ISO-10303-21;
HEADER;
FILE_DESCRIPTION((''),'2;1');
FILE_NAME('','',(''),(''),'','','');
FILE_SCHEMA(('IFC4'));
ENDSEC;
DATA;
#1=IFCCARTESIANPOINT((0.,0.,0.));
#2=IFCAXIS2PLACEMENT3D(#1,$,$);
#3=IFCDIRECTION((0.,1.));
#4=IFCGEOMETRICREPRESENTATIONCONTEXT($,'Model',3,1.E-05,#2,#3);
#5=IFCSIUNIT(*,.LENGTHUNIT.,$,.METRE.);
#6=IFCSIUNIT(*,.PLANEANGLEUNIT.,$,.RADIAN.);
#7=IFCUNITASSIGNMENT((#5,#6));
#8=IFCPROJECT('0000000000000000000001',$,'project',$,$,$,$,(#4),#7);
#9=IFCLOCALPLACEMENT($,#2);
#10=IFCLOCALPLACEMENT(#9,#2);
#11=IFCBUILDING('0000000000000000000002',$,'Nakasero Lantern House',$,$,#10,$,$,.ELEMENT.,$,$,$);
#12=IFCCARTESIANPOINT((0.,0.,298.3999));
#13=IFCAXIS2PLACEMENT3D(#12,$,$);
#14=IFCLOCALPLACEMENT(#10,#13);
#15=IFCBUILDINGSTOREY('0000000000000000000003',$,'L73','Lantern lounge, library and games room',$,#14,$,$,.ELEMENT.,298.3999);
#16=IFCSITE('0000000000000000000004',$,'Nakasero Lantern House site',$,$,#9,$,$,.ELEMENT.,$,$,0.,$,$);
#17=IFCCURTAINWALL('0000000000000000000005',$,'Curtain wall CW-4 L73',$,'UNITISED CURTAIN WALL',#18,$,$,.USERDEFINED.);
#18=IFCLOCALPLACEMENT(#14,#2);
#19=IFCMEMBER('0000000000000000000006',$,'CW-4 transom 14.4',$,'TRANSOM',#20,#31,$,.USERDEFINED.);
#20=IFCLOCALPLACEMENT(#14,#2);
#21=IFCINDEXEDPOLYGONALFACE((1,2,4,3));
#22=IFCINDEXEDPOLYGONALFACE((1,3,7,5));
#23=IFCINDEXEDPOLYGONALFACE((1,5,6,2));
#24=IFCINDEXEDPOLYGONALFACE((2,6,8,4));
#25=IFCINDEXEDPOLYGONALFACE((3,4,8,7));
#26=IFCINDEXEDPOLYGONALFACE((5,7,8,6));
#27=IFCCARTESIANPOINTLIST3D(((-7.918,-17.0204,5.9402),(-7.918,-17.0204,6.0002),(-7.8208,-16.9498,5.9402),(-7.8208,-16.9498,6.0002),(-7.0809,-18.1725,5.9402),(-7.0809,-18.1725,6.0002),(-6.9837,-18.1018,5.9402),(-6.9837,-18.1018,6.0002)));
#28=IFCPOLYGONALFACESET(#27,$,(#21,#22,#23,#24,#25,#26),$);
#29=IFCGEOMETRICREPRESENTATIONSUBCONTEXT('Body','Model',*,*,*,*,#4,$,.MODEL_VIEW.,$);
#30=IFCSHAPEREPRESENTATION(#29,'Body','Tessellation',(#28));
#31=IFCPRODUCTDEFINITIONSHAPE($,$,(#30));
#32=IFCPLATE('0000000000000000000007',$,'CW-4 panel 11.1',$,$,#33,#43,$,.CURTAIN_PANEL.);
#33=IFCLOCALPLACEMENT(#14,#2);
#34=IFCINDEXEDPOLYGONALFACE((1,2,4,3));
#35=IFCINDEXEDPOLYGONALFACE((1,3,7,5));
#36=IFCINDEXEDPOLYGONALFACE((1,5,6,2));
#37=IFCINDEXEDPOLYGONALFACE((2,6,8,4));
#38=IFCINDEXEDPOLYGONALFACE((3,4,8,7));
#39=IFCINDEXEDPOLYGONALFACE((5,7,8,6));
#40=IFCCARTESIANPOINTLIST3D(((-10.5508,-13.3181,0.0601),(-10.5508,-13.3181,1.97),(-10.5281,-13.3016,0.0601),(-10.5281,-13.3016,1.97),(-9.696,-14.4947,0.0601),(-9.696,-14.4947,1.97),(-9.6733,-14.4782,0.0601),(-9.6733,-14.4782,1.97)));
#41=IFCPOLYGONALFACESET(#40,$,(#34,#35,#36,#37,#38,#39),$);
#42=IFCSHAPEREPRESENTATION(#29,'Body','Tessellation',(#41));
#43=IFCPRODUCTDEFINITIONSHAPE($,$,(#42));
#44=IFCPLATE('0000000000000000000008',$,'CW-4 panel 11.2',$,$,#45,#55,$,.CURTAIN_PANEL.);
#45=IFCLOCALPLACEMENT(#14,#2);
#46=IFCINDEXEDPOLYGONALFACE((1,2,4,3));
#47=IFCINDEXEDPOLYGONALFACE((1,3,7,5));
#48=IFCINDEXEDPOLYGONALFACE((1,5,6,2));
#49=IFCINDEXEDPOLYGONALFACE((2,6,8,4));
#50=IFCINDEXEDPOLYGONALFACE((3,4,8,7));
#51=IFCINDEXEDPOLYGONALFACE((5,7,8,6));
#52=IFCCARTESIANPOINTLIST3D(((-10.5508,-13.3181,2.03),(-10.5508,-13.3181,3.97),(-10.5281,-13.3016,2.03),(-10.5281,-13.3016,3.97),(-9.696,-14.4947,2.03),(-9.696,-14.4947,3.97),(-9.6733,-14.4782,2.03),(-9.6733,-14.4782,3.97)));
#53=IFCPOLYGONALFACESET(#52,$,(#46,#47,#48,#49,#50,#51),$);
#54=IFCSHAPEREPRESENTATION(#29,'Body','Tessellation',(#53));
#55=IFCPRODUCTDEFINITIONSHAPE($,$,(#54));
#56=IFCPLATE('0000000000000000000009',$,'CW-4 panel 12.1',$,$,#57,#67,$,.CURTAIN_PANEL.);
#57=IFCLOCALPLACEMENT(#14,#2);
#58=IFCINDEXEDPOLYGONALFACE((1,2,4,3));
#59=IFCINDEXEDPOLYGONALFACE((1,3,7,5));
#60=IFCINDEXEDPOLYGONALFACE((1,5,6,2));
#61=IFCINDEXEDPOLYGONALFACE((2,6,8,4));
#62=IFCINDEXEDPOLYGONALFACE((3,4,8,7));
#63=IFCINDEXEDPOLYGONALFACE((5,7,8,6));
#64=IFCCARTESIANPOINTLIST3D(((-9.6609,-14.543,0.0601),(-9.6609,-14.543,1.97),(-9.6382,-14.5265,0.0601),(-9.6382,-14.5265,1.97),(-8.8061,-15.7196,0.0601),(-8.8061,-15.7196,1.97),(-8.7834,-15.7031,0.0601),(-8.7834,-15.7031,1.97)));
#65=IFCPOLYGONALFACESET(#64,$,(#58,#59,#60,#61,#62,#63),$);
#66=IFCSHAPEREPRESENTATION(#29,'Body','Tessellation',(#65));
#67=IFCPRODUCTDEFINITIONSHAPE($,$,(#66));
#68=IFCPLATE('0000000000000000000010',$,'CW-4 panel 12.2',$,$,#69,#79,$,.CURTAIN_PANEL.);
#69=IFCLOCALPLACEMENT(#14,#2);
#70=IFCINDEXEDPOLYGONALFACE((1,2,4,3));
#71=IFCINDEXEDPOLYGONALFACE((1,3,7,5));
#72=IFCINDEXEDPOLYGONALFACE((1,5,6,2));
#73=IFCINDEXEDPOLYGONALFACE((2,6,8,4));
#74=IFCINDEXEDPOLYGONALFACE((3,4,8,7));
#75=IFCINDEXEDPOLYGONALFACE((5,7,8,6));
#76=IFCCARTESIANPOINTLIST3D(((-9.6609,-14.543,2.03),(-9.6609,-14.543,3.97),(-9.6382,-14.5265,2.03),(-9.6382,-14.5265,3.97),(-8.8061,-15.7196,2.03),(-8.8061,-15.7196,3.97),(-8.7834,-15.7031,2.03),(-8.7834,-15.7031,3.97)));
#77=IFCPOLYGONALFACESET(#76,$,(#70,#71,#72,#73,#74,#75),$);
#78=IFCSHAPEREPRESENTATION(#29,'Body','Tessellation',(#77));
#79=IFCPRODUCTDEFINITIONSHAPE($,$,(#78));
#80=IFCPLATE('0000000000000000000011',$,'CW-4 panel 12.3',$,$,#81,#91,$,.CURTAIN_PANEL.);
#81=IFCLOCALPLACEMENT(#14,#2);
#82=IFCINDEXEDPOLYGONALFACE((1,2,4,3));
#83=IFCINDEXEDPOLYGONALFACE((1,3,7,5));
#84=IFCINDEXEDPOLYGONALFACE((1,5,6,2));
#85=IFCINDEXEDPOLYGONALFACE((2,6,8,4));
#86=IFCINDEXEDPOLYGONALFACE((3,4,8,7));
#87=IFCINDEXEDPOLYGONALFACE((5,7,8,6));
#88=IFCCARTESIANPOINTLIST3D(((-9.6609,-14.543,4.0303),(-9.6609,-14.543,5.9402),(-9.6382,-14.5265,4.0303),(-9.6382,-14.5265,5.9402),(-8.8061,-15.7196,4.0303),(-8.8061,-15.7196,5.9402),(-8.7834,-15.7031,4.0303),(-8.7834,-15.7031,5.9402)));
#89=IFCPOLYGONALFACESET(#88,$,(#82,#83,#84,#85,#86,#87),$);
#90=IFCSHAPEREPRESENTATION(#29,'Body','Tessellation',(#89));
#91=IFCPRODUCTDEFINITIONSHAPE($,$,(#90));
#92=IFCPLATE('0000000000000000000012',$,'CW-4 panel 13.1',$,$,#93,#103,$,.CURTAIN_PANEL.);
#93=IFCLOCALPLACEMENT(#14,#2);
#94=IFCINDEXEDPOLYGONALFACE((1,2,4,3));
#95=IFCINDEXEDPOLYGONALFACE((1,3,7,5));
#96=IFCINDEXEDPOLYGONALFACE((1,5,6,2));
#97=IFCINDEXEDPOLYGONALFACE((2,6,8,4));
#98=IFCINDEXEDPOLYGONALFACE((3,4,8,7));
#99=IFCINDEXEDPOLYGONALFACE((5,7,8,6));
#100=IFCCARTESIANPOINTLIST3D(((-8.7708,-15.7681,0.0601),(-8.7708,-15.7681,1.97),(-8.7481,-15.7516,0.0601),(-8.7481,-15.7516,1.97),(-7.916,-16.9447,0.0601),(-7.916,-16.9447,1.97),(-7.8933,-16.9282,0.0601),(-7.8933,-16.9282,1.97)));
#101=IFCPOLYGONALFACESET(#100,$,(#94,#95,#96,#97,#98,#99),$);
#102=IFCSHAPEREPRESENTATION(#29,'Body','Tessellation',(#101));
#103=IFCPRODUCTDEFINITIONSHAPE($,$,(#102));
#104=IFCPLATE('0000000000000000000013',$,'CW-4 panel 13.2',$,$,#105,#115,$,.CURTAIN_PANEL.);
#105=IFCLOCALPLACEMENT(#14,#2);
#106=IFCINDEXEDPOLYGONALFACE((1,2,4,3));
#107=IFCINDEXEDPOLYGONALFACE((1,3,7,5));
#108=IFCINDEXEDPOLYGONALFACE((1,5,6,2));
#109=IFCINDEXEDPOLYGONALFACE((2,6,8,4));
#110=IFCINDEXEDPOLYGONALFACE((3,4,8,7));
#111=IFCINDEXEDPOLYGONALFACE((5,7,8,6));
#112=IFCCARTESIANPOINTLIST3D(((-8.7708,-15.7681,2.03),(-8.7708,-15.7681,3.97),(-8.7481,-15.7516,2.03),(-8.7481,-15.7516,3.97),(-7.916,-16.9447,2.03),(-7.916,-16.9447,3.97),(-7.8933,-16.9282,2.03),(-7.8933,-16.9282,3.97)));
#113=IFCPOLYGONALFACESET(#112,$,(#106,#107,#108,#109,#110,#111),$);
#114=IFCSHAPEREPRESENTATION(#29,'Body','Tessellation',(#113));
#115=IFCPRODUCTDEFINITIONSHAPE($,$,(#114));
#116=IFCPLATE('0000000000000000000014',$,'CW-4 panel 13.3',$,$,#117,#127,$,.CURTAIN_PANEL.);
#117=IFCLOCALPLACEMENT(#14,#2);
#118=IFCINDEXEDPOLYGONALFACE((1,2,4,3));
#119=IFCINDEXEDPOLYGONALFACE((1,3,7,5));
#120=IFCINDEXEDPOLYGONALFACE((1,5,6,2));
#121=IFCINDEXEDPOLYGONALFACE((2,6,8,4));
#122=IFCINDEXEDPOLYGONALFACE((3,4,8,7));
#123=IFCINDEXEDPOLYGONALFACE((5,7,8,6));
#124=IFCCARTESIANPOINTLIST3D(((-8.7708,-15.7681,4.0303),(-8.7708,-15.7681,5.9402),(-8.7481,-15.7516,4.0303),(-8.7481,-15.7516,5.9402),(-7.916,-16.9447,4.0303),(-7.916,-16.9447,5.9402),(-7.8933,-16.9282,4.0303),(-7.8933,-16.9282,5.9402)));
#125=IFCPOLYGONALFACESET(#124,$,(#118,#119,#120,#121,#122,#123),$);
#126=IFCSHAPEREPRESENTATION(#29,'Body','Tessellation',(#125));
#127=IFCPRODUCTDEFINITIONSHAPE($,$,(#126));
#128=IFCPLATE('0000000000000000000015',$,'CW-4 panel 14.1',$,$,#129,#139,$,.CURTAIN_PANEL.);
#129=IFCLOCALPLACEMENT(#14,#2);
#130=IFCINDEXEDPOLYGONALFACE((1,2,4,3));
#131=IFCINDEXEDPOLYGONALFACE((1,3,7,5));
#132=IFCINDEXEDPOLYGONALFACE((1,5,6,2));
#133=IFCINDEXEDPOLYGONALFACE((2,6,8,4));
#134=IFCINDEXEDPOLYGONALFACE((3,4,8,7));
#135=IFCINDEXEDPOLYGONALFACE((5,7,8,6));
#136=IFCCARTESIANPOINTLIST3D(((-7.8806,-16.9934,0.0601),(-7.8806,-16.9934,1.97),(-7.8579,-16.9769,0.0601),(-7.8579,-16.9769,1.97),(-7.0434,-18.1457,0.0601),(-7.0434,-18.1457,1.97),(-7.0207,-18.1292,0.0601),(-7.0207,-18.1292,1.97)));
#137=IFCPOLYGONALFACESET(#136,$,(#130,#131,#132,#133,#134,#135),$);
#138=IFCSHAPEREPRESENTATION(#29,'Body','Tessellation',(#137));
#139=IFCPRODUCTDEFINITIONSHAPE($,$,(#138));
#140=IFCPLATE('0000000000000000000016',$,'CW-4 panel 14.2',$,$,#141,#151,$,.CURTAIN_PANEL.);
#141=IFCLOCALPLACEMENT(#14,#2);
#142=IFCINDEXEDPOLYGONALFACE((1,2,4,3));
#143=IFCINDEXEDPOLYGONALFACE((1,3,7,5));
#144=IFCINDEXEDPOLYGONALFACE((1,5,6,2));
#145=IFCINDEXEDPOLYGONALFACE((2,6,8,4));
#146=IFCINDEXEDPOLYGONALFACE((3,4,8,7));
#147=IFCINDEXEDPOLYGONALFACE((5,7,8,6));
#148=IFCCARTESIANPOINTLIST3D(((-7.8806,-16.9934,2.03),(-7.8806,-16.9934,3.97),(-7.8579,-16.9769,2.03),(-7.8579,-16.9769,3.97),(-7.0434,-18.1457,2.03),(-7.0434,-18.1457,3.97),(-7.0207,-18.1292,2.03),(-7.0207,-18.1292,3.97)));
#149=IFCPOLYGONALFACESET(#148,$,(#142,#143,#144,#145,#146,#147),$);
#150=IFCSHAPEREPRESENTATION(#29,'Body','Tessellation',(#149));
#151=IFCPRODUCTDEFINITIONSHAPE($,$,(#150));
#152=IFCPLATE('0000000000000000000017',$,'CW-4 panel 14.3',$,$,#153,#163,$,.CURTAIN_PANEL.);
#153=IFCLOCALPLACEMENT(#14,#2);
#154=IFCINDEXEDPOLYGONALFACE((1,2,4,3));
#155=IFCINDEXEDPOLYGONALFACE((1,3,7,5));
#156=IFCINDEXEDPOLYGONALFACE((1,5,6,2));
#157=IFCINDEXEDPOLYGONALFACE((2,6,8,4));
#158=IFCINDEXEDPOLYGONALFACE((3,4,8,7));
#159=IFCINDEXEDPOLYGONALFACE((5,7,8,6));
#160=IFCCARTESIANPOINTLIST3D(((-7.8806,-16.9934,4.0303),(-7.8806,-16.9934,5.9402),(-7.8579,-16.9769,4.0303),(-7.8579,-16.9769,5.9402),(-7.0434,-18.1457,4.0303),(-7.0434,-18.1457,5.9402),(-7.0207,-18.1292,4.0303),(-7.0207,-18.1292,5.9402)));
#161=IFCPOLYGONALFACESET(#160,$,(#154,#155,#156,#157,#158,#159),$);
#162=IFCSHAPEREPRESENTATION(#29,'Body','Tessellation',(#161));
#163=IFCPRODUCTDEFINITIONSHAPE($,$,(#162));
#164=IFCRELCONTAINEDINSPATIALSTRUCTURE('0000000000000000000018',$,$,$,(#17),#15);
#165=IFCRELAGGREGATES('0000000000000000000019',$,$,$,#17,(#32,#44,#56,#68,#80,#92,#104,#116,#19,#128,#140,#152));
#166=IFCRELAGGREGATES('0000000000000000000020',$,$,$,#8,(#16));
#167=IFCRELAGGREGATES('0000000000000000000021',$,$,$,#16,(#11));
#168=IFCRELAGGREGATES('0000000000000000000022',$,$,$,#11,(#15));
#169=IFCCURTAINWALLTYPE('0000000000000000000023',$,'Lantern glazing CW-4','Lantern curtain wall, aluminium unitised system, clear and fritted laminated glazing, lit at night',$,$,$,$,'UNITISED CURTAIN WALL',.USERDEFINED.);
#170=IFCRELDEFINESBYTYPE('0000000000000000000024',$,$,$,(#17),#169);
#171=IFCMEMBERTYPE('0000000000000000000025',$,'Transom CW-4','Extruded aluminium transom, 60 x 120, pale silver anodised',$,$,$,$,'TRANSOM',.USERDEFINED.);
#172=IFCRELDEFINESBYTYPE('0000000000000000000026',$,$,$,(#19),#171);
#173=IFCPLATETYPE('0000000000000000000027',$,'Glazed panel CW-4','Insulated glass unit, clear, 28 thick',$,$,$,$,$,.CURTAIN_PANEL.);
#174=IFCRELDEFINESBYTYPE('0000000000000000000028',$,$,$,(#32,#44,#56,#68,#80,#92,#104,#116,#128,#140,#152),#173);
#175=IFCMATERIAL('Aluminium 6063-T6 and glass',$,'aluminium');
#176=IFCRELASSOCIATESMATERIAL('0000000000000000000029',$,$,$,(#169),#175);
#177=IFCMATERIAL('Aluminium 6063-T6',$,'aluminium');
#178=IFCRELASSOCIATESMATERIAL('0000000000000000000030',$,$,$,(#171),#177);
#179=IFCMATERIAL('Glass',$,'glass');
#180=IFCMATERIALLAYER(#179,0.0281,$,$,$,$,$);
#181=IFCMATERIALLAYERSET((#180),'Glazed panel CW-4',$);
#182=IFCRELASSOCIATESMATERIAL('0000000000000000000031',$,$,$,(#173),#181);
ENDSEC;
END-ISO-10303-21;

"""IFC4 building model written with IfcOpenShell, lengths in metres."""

from ifc_helpers import new_model, si_unit, direction, frame, origin, origin_2d, place, context, subcontext, project, spatial, rectangle, extrude, material, layer, layer_set, material_profile, profile_set, type_object, element, aggregate, save


model = new_model("IFC4")

# Units and contexts
model_context = context("Model", 3, precision=1e-05, world=origin(), true_north=direction((0.0, 1.0)))
body_context = subcontext(model_context, "Body", "Model", "MODEL_VIEW")
ifc_project = project(units=[si_unit("LENGTHUNIT", "METRE"), si_unit("PLANEANGLEUNIT", "RADIAN")], contexts=[model_context])

# Site, building, storey
site_placement = place(None, origin())
site = spatial("IfcSite", under=ifc_project, at=site_placement, Name="Nakasero Lantern House site", CompositionType="ELEMENT", RefElevation=0.0)
building_placement = place(site_placement, origin())
building = spatial("IfcBuilding", under=site, at=building_placement, Name="Nakasero Lantern House", CompositionType="ELEMENT")
storey_placement = place(building_placement, frame((0.0, 0.0, 298.3999)))
storey = spatial("IfcBuildingStorey", under=building, at=storey_placement, Name="L73", Description="Lantern lounge, library and games room", CompositionType="ELEMENT", Elevation=298.3999)

# Curtain wall, member, plates
ifc_material_1 = material(Name="Aluminium 6063-T6 and glass", Category="aluminium")
curtain_wall_type = type_object("IfcCurtainWallType", Name="Lantern glazing CW-4", Description="Lantern curtain wall, aluminium unitised system, clear and fritted laminated glazing, lit at night", ElementType="UNITISED CURTAIN WALL", PredefinedType="USERDEFINED", material=ifc_material_1)
curtain_wall_placement = place(storey_placement, origin())
curtain_wall = element("IfcCurtainWall", 1, at=curtain_wall_placement, inside=storey, type_object=curtain_wall_type, Name="Curtain wall CW-4 L73", ObjectType="UNITISED CURTAIN WALL", PredefinedType="USERDEFINED")
ifc_material_2 = material(Name="Aluminium 6063-T6", Category="aluminium")
ifc_material_profile_1 = material_profile(ifc_material_2, rectangle(XDim=0.0601, YDim=0.1201, at=origin_2d()), Name="CW-4 transom 60x120")
ifc_profile_set_1 = profile_set([ifc_material_profile_1], Name="Aluminium 6063-T6")
member_type_1 = type_object("IfcMemberType", Name="Transom CW-4", Description="Extruded aluminium transom, 60 x 120, pale silver anodised", ElementType="TRANSOM", PredefinedType="USERDEFINED", material=ifc_profile_set_1)
member_1_placement = place(storey_placement, frame((-7.8694, -16.9851, 5.9702), z_axis=(0.587835, -0.808981, 0.0), x_axis=(0.0, 0.0, 1.0)))
member_1 = element("IfcMember", 2, at=member_1_placement, type_object=member_type_1, Name="CW-4 transom 14.4", ObjectType="TRANSOM", PredefinedType="USERDEFINED", context=body_context, shape_type="SweptSolid", body=[
    extrude(rectangle(XDim=0.0601, YDim=0.1201, at=origin_2d()), origin(), (0.0, 0.0, 1.0), 1.4241),
])
ifc_material_3 = material(Name="Glass", Category="glass")
ifc_layer = layer(ifc_material_3, 0.0281)
ifc_layer_set = layer_set([ifc_layer], Name="Glazed panel CW-4")
plate_type = type_object("IfcPlateType", Name="Glazed panel CW-4", Description="Insulated glass unit, clear, 28 thick", PredefinedType="CURTAIN_PANEL", material=ifc_layer_set)
plate_1_placement = place(storey_placement, frame((-10.1121, -13.8982, 0.0601), z_axis=(0.0, 0.0, 1.0), x_axis=(0.587785, -0.809017, 0.0)))
plate_1 = element("IfcPlate", 3, at=plate_1_placement, type_object=plate_type, Name="CW-4 panel 11.1", PredefinedType="CURTAIN_PANEL", context=body_context, shape_type="SweptSolid", body=[
    extrude(rectangle(XDim=1.4543, YDim=0.0281, at=origin_2d()), origin(), (0.0, 0.0, 1.0), 1.9099),
])
plate_2_placement = place(storey_placement, frame((-10.1121, -13.8982, 2.03), z_axis=(0.0, 0.0, 1.0), x_axis=(0.587785, -0.809017, 0.0)))
plate_2 = element("IfcPlate", 4, at=plate_2_placement, type_object=plate_type, Name="CW-4 panel 11.2", PredefinedType="CURTAIN_PANEL", context=body_context, shape_type="SweptSolid", body=[
    extrude(rectangle(XDim=1.4543, YDim=0.0281, at=origin_2d()), origin(), (0.0, 0.0, 1.0), 1.9399),
])
plate_3_placement = place(storey_placement, frame((-9.2222, -15.123, 0.0601), z_axis=(0.0, 0.0, 1.0), x_axis=(0.587785, -0.809017, 0.0)))
plate_3 = element("IfcPlate", 5, at=plate_3_placement, type_object=plate_type, Name="CW-4 panel 12.1", PredefinedType="CURTAIN_PANEL", context=body_context, shape_type="SweptSolid", body=[
    extrude(rectangle(XDim=1.4543, YDim=0.0281, at=origin_2d()), origin(), (0.0, 0.0, 1.0), 1.9099),
])
plate_4_placement = place(storey_placement, frame((-9.2222, -15.123, 2.03), z_axis=(0.0, 0.0, 1.0), x_axis=(0.587785, -0.809017, 0.0)))
plate_4 = element("IfcPlate", 6, at=plate_4_placement, type_object=plate_type, Name="CW-4 panel 12.2", PredefinedType="CURTAIN_PANEL", context=body_context, shape_type="SweptSolid", body=[
    extrude(rectangle(XDim=1.4543, YDim=0.0281, at=origin_2d()), origin(), (0.0, 0.0, 1.0), 1.9399),
])
plate_5_placement = place(storey_placement, frame((-9.2222, -15.123, 4.0303), z_axis=(0.0, 0.0, 1.0), x_axis=(0.587785, -0.809017, 0.0)))
plate_5 = element("IfcPlate", 7, at=plate_5_placement, type_object=plate_type, Name="CW-4 panel 12.3", PredefinedType="CURTAIN_PANEL", context=body_context, shape_type="SweptSolid", body=[
    extrude(rectangle(XDim=1.4543, YDim=0.0281, at=origin_2d()), origin(), (0.0, 0.0, 1.0), 1.9099),
])
plate_6_placement = place(storey_placement, frame((-8.332, -16.3481, 0.0601), z_axis=(0.0, 0.0, 1.0), x_axis=(0.587785, -0.809017, 0.0)))
plate_6 = element("IfcPlate", 8, at=plate_6_placement, type_object=plate_type, Name="CW-4 panel 13.1", PredefinedType="CURTAIN_PANEL", context=body_context, shape_type="SweptSolid", body=[
    extrude(rectangle(XDim=1.4543, YDim=0.0281, at=origin_2d()), origin(), (0.0, 0.0, 1.0), 1.9099),
])
plate_7_placement = place(storey_placement, frame((-8.332, -16.3481, 2.03), z_axis=(0.0, 0.0, 1.0), x_axis=(0.587785, -0.809017, 0.0)))
plate_7 = element("IfcPlate", 9, at=plate_7_placement, type_object=plate_type, Name="CW-4 panel 13.2", PredefinedType="CURTAIN_PANEL", context=body_context, shape_type="SweptSolid", body=[
    extrude(rectangle(XDim=1.4543, YDim=0.0281, at=origin_2d()), origin(), (0.0, 0.0, 1.0), 1.9399),
])
plate_8_placement = place(storey_placement, frame((-8.332, -16.3481, 4.0303), z_axis=(0.0, 0.0, 1.0), x_axis=(0.587785, -0.809017, 0.0)))
plate_8 = element("IfcPlate", 10, at=plate_8_placement, type_object=plate_type, Name="CW-4 panel 13.3", PredefinedType="CURTAIN_PANEL", context=body_context, shape_type="SweptSolid", body=[
    extrude(rectangle(XDim=1.4543, YDim=0.0281, at=origin_2d()), origin(), (0.0, 0.0, 1.0), 1.9099),
])
plate_9_placement = place(storey_placement, frame((-7.4507, -17.5613, 0.0601), z_axis=(0.0, 0.0, 1.0), x_axis=(0.587785, -0.809017, 0.0)))
plate_9 = element("IfcPlate", 11, at=plate_9_placement, type_object=plate_type, Name="CW-4 panel 14.1", PredefinedType="CURTAIN_PANEL", context=body_context, shape_type="SweptSolid", body=[
    extrude(rectangle(XDim=1.4243, YDim=0.0281, at=origin_2d()), origin(), (0.0, 0.0, 1.0), 1.9099),
])
plate_10_placement = place(storey_placement, frame((-7.4507, -17.5613, 2.03), z_axis=(0.0, 0.0, 1.0), x_axis=(0.587785, -0.809017, 0.0)))
plate_10 = element("IfcPlate", 12, at=plate_10_placement, type_object=plate_type, Name="CW-4 panel 14.2", PredefinedType="CURTAIN_PANEL", context=body_context, shape_type="SweptSolid", body=[
    extrude(rectangle(XDim=1.4243, YDim=0.0281, at=origin_2d()), origin(), (0.0, 0.0, 1.0), 1.9399),
])
plate_11_placement = place(storey_placement, frame((-7.4507, -17.5613, 4.0303), z_axis=(0.0, 0.0, 1.0), x_axis=(0.587785, -0.809017, 0.0)))
plate_11 = element("IfcPlate", 13, at=plate_11_placement, type_object=plate_type, Name="CW-4 panel 14.3", PredefinedType="CURTAIN_PANEL", context=body_context, shape_type="SweptSolid", body=[
    extrude(rectangle(XDim=1.4243, YDim=0.0281, at=origin_2d()), origin(), (0.0, 0.0, 1.0), 1.9099),
])
aggregate(curtain_wall, [plate_1, plate_2, plate_3, plate_4, plate_5, plate_6, plate_7, plate_8, member_1, plate_9, plate_10, plate_11])

save(model, "model.ifc")
